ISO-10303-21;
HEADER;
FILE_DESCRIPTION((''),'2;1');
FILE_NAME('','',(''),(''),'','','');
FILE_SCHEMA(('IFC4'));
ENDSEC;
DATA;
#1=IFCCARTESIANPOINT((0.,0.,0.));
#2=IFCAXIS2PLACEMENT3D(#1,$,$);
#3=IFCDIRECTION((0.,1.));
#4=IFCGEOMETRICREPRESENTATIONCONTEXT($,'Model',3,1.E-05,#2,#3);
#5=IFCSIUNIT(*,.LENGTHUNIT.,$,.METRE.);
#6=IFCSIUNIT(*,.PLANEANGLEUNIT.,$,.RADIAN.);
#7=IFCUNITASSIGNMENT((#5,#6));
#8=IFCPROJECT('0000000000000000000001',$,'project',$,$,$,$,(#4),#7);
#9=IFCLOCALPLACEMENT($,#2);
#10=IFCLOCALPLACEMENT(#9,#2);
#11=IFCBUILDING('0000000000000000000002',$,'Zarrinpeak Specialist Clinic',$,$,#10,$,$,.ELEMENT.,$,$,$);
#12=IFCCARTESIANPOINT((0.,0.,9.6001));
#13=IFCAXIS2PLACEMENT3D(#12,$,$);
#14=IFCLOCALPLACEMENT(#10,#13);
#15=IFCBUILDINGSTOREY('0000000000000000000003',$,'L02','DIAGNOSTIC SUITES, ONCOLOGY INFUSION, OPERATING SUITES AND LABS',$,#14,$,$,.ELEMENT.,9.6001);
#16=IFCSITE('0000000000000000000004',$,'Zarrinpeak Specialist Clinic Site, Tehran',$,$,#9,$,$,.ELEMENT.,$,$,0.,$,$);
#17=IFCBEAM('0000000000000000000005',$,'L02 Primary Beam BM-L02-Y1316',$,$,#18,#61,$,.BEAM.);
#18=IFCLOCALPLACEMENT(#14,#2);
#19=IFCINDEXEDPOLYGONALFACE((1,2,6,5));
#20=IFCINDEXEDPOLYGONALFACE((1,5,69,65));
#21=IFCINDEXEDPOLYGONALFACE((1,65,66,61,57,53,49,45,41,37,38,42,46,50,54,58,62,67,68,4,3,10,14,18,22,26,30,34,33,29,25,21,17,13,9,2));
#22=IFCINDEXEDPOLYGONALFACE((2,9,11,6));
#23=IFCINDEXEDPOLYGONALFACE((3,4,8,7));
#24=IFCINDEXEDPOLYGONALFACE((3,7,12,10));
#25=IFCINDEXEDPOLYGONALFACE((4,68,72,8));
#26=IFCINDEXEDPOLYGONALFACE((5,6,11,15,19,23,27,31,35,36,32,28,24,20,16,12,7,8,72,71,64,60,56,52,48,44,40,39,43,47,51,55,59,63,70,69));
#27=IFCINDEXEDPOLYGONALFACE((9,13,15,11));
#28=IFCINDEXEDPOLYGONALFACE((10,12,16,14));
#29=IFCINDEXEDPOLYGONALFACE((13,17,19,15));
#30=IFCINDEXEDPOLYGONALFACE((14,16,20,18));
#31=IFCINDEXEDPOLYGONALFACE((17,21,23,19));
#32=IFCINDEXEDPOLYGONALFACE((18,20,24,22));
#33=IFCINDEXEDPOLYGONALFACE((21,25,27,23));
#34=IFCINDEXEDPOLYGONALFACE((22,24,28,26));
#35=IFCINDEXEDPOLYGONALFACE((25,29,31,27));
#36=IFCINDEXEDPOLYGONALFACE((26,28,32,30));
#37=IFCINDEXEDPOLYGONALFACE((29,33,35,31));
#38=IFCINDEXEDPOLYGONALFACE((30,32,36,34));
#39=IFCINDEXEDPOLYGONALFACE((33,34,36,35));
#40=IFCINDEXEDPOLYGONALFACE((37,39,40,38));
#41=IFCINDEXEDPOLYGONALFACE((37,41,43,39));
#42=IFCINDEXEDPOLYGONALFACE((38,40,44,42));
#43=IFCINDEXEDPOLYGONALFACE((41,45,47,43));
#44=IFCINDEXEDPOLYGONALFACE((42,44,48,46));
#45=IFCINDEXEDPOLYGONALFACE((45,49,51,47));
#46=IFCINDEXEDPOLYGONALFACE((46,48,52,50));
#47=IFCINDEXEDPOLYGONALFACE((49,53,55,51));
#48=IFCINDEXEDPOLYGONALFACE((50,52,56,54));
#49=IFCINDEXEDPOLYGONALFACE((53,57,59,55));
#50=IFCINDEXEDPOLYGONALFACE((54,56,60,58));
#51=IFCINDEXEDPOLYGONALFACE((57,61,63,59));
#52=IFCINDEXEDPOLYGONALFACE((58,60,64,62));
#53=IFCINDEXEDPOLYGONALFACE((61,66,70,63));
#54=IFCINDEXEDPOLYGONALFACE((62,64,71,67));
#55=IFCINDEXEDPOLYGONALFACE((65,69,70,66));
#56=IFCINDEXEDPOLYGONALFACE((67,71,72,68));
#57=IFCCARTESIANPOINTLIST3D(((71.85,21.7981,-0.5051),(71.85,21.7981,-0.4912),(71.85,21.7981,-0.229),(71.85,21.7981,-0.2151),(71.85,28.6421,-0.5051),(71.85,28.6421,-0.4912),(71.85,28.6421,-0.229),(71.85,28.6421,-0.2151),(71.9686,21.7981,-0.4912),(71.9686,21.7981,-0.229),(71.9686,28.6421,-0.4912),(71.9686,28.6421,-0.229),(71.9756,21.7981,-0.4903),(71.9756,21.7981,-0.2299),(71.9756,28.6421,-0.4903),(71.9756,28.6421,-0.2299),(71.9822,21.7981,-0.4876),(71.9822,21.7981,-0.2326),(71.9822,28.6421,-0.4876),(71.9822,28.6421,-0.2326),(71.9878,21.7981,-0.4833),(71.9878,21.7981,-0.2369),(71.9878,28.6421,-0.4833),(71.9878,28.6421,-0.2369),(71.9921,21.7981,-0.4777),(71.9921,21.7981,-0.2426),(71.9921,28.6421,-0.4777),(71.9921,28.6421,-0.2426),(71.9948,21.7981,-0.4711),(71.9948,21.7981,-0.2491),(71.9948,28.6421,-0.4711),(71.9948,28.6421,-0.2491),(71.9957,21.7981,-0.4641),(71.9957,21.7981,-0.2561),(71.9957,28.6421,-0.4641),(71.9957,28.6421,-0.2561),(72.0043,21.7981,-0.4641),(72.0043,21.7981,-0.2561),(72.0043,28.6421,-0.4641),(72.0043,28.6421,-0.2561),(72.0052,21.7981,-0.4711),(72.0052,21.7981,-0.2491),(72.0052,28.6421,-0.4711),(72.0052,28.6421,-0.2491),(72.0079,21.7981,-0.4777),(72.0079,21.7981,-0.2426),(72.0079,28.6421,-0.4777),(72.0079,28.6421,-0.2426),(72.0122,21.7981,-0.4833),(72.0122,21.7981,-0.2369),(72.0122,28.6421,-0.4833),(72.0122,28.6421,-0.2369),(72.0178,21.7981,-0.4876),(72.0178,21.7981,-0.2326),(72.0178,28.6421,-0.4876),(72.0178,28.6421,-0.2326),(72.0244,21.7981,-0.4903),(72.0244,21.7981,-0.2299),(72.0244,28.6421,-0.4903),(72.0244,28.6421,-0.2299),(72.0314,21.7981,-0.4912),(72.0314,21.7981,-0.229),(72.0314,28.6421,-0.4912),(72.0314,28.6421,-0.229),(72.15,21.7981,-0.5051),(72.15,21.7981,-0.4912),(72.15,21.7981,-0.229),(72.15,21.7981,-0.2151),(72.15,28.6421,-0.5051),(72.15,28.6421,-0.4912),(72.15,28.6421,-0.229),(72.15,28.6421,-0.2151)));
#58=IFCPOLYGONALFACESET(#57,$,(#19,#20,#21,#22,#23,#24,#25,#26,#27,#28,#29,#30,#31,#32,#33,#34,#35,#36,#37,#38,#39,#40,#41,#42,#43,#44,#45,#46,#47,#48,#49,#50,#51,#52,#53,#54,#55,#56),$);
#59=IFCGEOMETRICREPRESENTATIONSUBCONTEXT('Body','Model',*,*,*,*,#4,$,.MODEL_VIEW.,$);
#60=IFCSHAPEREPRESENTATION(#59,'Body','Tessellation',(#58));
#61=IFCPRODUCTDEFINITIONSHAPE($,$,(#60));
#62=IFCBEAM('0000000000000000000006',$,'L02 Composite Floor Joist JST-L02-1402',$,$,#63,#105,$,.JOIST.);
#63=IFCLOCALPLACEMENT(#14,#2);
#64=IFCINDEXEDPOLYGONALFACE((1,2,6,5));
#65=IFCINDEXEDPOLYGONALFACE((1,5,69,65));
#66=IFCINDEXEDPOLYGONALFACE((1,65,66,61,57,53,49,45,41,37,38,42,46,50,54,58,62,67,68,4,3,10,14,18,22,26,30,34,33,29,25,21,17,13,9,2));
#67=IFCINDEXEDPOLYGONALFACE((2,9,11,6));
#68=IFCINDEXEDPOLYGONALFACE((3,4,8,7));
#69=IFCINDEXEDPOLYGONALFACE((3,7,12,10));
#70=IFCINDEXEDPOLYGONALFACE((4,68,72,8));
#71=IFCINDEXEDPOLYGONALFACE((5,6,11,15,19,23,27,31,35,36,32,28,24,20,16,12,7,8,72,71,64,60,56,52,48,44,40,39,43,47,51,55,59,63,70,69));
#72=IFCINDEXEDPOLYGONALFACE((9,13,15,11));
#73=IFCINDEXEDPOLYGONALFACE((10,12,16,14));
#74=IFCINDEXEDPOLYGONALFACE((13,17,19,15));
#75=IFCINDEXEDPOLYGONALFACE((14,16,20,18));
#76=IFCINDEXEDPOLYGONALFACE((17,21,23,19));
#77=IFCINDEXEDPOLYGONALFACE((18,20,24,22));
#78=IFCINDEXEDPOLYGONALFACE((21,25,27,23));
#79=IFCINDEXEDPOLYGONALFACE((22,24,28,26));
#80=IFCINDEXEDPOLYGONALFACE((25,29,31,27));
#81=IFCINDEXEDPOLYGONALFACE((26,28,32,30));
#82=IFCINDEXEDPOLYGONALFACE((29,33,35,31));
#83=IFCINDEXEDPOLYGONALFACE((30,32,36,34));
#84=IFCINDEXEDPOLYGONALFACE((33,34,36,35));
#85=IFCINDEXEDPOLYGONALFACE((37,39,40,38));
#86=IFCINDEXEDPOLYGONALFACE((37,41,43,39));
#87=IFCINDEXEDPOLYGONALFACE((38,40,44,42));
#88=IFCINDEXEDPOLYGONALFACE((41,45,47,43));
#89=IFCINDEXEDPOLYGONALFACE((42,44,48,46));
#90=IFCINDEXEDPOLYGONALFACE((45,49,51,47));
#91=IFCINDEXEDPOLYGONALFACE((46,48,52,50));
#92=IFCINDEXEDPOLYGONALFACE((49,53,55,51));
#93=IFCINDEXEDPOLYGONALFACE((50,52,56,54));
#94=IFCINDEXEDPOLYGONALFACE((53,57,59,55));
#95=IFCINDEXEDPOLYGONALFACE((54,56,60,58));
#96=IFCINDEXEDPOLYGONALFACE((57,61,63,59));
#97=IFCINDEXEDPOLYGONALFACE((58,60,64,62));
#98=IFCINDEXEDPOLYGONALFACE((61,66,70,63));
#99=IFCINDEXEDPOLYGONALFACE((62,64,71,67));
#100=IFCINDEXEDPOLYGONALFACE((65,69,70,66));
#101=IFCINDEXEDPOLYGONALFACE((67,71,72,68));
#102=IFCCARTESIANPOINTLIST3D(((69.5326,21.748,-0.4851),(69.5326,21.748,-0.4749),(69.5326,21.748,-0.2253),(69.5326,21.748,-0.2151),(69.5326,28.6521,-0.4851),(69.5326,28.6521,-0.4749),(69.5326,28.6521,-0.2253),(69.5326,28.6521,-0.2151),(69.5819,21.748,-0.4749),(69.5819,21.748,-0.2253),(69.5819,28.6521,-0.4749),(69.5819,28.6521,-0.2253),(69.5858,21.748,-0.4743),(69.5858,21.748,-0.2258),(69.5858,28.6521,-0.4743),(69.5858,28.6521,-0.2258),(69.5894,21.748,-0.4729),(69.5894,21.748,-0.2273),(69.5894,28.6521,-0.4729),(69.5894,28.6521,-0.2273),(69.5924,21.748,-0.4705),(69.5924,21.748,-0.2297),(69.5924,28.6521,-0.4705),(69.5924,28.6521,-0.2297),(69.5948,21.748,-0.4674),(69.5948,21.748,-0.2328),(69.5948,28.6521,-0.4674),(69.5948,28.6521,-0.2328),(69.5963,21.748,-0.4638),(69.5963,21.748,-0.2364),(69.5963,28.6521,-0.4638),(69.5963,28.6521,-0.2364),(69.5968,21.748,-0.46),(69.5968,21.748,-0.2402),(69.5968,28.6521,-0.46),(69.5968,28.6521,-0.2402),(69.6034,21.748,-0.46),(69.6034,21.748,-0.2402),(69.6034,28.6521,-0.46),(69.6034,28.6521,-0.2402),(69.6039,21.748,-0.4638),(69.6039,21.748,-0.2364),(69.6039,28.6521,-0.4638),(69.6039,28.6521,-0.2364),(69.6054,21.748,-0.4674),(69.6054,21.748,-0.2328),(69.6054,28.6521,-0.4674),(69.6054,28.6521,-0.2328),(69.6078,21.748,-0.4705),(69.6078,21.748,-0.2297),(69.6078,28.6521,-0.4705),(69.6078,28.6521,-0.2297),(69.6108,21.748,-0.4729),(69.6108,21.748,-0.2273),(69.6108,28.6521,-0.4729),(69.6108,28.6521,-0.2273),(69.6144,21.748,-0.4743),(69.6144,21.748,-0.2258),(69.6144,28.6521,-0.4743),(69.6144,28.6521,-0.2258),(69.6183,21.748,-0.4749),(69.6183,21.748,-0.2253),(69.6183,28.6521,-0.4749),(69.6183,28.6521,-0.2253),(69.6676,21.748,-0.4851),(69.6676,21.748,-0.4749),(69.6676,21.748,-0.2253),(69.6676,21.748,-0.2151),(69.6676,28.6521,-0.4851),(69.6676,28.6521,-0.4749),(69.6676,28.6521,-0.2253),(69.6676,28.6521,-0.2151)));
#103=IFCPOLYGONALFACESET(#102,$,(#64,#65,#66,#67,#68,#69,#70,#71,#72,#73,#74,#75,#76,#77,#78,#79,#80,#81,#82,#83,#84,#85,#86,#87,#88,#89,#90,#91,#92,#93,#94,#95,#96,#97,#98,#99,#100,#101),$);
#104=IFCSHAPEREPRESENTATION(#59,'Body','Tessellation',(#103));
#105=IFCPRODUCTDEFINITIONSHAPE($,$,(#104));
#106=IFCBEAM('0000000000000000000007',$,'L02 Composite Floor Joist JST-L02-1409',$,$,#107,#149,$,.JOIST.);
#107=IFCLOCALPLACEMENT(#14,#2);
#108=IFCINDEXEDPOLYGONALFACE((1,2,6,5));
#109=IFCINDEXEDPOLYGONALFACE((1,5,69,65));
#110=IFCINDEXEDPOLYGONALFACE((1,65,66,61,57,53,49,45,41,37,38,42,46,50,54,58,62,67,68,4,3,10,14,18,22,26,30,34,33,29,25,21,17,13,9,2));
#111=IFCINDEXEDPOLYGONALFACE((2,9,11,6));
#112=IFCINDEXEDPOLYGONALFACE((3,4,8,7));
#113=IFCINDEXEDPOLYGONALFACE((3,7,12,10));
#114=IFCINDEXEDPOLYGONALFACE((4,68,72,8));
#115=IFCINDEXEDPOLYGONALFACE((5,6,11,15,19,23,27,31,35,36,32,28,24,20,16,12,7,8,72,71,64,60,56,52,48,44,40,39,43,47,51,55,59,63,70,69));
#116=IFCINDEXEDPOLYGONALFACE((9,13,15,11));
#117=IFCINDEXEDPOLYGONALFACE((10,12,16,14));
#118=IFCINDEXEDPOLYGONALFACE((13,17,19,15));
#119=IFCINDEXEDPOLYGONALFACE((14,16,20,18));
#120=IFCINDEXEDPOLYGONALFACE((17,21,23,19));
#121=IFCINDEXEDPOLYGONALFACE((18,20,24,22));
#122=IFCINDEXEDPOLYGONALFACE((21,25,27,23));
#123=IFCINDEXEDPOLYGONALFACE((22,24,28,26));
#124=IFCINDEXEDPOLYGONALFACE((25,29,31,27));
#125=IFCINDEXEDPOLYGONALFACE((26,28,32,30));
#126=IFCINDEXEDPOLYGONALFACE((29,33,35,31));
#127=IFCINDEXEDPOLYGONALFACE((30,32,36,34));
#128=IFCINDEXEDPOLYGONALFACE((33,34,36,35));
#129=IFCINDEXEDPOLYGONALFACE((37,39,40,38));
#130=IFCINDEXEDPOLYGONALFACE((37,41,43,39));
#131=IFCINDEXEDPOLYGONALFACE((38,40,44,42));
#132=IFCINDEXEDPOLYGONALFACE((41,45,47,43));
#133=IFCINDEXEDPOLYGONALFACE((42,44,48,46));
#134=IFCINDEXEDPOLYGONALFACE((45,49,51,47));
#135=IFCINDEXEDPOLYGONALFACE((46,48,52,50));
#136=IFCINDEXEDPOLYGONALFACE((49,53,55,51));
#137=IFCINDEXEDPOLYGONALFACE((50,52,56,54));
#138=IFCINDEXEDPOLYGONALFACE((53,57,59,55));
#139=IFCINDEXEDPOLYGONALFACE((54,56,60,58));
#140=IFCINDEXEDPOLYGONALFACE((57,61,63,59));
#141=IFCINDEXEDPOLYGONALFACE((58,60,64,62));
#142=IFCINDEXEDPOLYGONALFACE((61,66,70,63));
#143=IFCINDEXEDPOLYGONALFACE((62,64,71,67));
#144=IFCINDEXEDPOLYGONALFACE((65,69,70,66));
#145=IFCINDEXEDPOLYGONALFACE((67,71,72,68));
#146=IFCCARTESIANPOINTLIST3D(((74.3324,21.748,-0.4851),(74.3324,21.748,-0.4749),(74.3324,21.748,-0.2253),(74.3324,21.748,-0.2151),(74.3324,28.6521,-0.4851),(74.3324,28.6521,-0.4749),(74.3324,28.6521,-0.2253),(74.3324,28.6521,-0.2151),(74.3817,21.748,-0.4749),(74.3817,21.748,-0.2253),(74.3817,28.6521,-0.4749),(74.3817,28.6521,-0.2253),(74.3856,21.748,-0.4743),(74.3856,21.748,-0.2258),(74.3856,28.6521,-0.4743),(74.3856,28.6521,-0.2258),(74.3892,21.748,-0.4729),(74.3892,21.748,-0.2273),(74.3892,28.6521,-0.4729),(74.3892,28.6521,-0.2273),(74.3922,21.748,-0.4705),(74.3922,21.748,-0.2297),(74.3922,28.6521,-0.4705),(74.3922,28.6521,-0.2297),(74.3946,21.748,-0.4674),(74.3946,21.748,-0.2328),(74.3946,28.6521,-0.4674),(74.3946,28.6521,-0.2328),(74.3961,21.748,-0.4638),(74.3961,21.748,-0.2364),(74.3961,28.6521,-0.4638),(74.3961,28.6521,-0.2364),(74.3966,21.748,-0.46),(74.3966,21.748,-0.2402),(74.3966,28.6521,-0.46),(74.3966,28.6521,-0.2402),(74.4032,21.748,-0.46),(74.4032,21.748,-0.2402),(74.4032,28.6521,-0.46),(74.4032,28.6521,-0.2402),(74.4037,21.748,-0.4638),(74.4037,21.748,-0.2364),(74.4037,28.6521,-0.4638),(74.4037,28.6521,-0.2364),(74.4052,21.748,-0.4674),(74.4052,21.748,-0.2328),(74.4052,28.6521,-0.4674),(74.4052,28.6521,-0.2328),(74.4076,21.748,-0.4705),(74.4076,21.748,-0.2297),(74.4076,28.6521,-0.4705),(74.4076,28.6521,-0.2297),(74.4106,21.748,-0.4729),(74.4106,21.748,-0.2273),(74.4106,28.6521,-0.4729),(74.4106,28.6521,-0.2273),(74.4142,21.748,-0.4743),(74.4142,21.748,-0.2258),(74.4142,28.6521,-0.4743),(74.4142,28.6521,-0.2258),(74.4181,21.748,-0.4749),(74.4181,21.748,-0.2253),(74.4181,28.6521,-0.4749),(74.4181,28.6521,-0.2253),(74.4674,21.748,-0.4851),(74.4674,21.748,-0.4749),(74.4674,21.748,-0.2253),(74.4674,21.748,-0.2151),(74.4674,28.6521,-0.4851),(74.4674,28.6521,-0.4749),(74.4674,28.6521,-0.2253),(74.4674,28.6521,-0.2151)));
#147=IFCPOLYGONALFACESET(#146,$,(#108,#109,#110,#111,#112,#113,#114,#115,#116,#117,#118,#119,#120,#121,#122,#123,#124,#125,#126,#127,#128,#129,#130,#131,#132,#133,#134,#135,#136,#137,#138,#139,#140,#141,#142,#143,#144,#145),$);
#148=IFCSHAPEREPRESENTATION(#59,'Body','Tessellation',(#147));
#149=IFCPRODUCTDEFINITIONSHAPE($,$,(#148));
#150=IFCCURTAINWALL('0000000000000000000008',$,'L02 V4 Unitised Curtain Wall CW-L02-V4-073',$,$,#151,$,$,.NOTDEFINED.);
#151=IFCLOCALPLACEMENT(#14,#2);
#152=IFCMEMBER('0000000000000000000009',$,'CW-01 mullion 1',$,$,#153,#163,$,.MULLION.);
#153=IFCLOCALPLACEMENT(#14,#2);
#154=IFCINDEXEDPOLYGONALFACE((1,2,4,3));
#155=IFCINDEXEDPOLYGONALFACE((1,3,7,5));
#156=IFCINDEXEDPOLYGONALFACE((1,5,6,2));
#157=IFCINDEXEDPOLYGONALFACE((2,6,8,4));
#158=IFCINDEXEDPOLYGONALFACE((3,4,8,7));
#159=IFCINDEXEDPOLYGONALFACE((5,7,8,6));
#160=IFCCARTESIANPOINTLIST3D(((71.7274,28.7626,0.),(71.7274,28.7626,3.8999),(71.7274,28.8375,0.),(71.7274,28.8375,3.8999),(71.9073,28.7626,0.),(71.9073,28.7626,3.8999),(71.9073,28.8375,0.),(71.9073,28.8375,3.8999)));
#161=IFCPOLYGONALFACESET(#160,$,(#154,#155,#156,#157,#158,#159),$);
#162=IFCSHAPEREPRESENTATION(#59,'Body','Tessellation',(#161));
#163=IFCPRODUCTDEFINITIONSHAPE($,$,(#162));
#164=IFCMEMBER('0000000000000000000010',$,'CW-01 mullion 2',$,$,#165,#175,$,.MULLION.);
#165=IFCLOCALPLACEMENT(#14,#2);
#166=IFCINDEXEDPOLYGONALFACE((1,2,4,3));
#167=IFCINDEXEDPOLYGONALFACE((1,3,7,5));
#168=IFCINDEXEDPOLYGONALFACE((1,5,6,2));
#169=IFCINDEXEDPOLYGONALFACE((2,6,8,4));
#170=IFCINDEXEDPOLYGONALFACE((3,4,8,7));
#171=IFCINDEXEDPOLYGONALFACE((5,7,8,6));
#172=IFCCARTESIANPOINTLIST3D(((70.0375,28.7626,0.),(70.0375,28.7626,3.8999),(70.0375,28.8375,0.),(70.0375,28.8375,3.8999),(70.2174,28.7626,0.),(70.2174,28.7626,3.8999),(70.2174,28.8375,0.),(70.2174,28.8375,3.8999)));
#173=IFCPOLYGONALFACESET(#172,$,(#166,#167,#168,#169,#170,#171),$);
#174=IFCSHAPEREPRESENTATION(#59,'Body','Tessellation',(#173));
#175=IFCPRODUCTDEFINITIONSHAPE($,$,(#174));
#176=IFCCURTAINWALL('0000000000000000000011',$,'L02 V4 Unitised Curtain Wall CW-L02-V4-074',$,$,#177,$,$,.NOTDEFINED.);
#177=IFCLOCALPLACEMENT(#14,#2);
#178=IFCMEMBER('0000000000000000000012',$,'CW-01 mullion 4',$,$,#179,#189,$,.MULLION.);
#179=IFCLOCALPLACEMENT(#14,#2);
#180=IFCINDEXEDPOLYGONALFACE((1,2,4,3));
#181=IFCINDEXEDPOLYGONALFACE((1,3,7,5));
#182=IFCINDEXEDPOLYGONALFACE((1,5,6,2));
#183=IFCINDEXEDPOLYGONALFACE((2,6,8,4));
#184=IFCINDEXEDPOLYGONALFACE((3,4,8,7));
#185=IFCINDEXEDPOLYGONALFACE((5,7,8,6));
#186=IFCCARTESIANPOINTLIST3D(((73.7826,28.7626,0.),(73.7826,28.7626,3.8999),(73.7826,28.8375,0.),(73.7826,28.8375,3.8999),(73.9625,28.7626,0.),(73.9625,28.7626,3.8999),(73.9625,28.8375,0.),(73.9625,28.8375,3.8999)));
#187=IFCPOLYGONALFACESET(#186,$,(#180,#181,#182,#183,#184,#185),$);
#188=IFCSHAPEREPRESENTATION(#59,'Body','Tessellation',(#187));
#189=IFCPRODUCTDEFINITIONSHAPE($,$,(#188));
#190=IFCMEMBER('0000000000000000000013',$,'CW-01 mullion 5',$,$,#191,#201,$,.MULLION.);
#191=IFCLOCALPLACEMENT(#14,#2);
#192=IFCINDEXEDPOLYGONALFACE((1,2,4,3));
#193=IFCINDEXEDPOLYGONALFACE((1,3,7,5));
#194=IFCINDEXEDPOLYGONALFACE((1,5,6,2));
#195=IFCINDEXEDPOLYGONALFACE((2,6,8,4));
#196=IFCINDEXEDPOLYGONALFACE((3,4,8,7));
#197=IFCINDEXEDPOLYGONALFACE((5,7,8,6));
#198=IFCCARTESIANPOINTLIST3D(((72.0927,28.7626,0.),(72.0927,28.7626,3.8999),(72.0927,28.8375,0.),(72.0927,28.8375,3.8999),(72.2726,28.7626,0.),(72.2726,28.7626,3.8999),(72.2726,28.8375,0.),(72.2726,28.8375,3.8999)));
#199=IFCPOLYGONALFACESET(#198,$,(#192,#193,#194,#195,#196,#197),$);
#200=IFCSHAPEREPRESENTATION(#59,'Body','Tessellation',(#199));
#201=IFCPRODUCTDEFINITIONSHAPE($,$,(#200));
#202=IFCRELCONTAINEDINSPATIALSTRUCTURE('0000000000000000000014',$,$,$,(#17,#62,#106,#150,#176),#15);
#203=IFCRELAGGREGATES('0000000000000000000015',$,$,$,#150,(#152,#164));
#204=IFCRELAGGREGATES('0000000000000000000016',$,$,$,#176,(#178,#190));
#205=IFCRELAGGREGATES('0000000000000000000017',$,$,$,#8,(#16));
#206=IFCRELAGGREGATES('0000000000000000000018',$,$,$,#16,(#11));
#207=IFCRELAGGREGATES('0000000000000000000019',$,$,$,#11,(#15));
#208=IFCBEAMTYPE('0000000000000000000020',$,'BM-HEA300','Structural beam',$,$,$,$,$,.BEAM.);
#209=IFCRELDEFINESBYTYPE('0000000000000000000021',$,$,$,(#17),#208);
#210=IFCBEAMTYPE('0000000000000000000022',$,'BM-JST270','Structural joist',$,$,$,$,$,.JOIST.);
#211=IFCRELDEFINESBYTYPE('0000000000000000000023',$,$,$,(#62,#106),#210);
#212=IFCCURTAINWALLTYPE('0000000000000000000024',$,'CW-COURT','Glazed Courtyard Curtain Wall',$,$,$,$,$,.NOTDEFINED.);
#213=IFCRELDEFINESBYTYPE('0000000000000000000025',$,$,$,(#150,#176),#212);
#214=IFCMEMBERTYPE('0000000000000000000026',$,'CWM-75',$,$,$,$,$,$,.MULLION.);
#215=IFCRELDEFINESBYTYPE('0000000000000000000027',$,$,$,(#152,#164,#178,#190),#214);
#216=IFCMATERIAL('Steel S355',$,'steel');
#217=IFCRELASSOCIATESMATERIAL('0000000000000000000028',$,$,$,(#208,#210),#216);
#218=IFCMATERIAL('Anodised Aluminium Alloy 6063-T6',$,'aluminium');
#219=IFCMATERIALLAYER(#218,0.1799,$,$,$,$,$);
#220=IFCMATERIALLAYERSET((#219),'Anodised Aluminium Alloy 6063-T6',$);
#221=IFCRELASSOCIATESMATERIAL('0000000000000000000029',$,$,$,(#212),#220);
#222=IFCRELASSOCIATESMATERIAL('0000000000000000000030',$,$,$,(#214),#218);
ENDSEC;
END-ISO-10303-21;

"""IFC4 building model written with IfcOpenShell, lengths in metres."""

from ifc_helpers import new_model, si_unit, direction, frame, origin, origin_2d, place, context, subcontext, project, spatial, rectangle, i_section, extrude, material, layer, layer_set, material_profile, profile_set, type_object, element, aggregate, save


model = new_model("IFC4")

# Units and contexts
model_context = context("Model", 3, precision=1e-05, world=origin(), true_north=direction((0.0, 1.0)))
body_context = subcontext(model_context, "Body", "Model", "MODEL_VIEW")
ifc_project = project(units=[si_unit("LENGTHUNIT", "METRE"), si_unit("PLANEANGLEUNIT", "RADIAN")], contexts=[model_context])

# Site, building, storey
site_placement = place(None, origin())
site = spatial("IfcSite", under=ifc_project, at=site_placement, Name="Zarrinpeak Specialist Clinic Site, Tehran", CompositionType="ELEMENT", RefElevation=0.0)
building_placement = place(site_placement, origin())
building = spatial("IfcBuilding", under=site, at=building_placement, Name="Zarrinpeak Specialist Clinic", CompositionType="ELEMENT")
storey_placement = place(building_placement, frame((0.0, 0.0, 9.6001)))
storey = spatial("IfcBuildingStorey", under=building, at=storey_placement, Name="L02", Description="DIAGNOSTIC SUITES, ONCOLOGY INFUSION, OPERATING SUITES AND LABS", CompositionType="ELEMENT", Elevation=9.6001)

# Shared definitions
ifc_material_1 = material(Name="Steel S355", Category="steel")

# Beams
ifc_material_profile_1 = material_profile(ifc_material_1, i_section(OverallWidth=0.3, OverallDepth=0.29, WebThickness=0.0085, FlangeThickness=0.0139, FilletRadius=0.0271, at=origin_2d()), Name="HEA 300")
ifc_profile_set_1 = profile_set([ifc_material_profile_1], Name="Steel S355")
beam_type_1 = type_object("IfcBeamType", Name="BM-HEA300", Description="Structural beam", PredefinedType="BEAM", material=ifc_profile_set_1)
beam_placement = place(storey_placement, frame((72.0, 21.7981, -0.3601), z_axis=(0.0, 1.0, 0.0), x_axis=(-1.0, 0.0, 0.0)))
element("IfcBeam", 1, at=beam_placement, inside=storey, type_object=beam_type_1, Name="L02 Primary Beam BM-L02-Y1316", PredefinedType="BEAM", context=body_context, shape_type="SweptSolid", body=[
    extrude(i_section(OverallWidth=0.3, OverallDepth=0.29, WebThickness=0.0085, FlangeThickness=0.0139, FilletRadius=0.0271, at=origin_2d()), origin(), (0.0, 0.0, 1.0), 6.844),
])
ifc_material_profile_2 = material_profile(ifc_material_1, i_section(OverallWidth=0.135, OverallDepth=0.27, WebThickness=0.0066, FlangeThickness=0.0103, FilletRadius=0.0149, at=origin_2d()), Name="IPE 270")
ifc_profile_set_2 = profile_set([ifc_material_profile_2], Name="Steel S355")
beam_type_2 = type_object("IfcBeamType", Name="BM-JST270", Description="Structural joist", PredefinedType="JOIST", material=ifc_profile_set_2)
for number, where, z_axis, x_axis, name in (
    (2, (69.6001, 21.748, -0.3501), (0.0, 1.0, 0.0), (-1.0, 0.0, 0.0), "L02 Composite Floor Joist JST-L02-1402"),
    (3, (74.3999, 21.748, -0.3501), (0.0, 1.0, 0.0), (-1.0, 0.0, 0.0), "L02 Composite Floor Joist JST-L02-1409"),
):
    element("IfcBeam", number, at=place(storey_placement, frame(where, z_axis=z_axis, x_axis=x_axis)), inside=storey, type_object=beam_type_2, Name=name, PredefinedType="JOIST", context=body_context, shape_type="SweptSolid", body=[
        extrude(i_section(OverallWidth=0.135, OverallDepth=0.27, WebThickness=0.0066, FlangeThickness=0.0103, FilletRadius=0.0149, at=origin_2d()), origin(), (0.0, 0.0, 1.0), 6.9041),
    ])

# Curtain walls, members
ifc_material_2 = material(Name="Anodised Aluminium Alloy 6063-T6", Category="aluminium")
ifc_layer_1 = layer(ifc_material_2, 0.1799)
ifc_layer_set_1 = layer_set([ifc_layer_1], Name="Anodised Aluminium Alloy 6063-T6")
curtain_wall_type = type_object("IfcCurtainWallType", Name="CW-COURT", Description="Glazed Courtyard Curtain Wall", PredefinedType="NOTDEFINED", material=ifc_layer_set_1)
curtain_wall_1_placement = place(storey_placement, origin())
curtain_wall_1 = element("IfcCurtainWall", 4, at=curtain_wall_1_placement, inside=storey, type_object=curtain_wall_type, Name="L02 V4 Unitised Curtain Wall CW-L02-V4-073", PredefinedType="NOTDEFINED")
ifc_material_profile_3 = material_profile(ifc_material_2, rectangle(XDim=0.075, YDim=0.1799, at=origin_2d()), Name="ALU 75x180")
ifc_profile_set_3 = profile_set([ifc_material_profile_3], Name="Anodised Aluminium Alloy 6063-T6")
member_type_1 = type_object("IfcMemberType", Name="CWM-75", PredefinedType="MULLION", material=ifc_profile_set_3)
member_1_placement = place(storey_placement, frame((71.8174, 28.8, 0.0), z_axis=(0.0, 0.0, 1.0), x_axis=(0.0, -1.0, 0.0)))
member_1 = element("IfcMember", 5, at=member_1_placement, type_object=member_type_1, Name="CW-01 mullion 1", PredefinedType="MULLION", context=body_context, shape_type="SweptSolid", body=[
    extrude(rectangle(XDim=0.075, YDim=0.1799, at=origin_2d()), origin(), (0.0, 0.0, 1.0), 3.8999),
])
member_2_placement = place(storey_placement, frame((70.1274, 28.8, 0.0), z_axis=(0.0, 0.0, 1.0), x_axis=(0.0, -1.0, 0.0)))
member_2 = element("IfcMember", 6, at=member_2_placement, type_object=member_type_1, Name="CW-01 mullion 2", PredefinedType="MULLION", context=body_context, shape_type="SweptSolid", body=[
    extrude(rectangle(XDim=0.075, YDim=0.1799, at=origin_2d()), origin(), (0.0, 0.0, 1.0), 3.8999),
])
curtain_wall_2_placement = place(storey_placement, origin())
curtain_wall_2 = element("IfcCurtainWall", 7, at=curtain_wall_2_placement, inside=storey, type_object=curtain_wall_type, Name="L02 V4 Unitised Curtain Wall CW-L02-V4-074", PredefinedType="NOTDEFINED")
member_3_placement = place(storey_placement, frame((73.8726, 28.8, 0.0), z_axis=(0.0, 0.0, 1.0), x_axis=(0.0, -1.0, 0.0)))
member_3 = element("IfcMember", 8, at=member_3_placement, type_object=member_type_1, Name="CW-01 mullion 4", PredefinedType="MULLION", context=body_context, shape_type="SweptSolid", body=[
    extrude(rectangle(XDim=0.075, YDim=0.1799, at=origin_2d()), origin(), (0.0, 0.0, 1.0), 3.8999),
])
member_4_placement = place(storey_placement, frame((72.1826, 28.8, 0.0), z_axis=(0.0, 0.0, 1.0), x_axis=(0.0, -1.0, 0.0)))
member_4 = element("IfcMember", 9, at=member_4_placement, type_object=member_type_1, Name="CW-01 mullion 5", PredefinedType="MULLION", context=body_context, shape_type="SweptSolid", body=[
    extrude(rectangle(XDim=0.075, YDim=0.1799, at=origin_2d()), origin(), (0.0, 0.0, 1.0), 3.8999),
])

aggregate(curtain_wall_1, [member_1, member_2])
aggregate(curtain_wall_2, [member_3, member_4])

save(model, "model.ifc")
